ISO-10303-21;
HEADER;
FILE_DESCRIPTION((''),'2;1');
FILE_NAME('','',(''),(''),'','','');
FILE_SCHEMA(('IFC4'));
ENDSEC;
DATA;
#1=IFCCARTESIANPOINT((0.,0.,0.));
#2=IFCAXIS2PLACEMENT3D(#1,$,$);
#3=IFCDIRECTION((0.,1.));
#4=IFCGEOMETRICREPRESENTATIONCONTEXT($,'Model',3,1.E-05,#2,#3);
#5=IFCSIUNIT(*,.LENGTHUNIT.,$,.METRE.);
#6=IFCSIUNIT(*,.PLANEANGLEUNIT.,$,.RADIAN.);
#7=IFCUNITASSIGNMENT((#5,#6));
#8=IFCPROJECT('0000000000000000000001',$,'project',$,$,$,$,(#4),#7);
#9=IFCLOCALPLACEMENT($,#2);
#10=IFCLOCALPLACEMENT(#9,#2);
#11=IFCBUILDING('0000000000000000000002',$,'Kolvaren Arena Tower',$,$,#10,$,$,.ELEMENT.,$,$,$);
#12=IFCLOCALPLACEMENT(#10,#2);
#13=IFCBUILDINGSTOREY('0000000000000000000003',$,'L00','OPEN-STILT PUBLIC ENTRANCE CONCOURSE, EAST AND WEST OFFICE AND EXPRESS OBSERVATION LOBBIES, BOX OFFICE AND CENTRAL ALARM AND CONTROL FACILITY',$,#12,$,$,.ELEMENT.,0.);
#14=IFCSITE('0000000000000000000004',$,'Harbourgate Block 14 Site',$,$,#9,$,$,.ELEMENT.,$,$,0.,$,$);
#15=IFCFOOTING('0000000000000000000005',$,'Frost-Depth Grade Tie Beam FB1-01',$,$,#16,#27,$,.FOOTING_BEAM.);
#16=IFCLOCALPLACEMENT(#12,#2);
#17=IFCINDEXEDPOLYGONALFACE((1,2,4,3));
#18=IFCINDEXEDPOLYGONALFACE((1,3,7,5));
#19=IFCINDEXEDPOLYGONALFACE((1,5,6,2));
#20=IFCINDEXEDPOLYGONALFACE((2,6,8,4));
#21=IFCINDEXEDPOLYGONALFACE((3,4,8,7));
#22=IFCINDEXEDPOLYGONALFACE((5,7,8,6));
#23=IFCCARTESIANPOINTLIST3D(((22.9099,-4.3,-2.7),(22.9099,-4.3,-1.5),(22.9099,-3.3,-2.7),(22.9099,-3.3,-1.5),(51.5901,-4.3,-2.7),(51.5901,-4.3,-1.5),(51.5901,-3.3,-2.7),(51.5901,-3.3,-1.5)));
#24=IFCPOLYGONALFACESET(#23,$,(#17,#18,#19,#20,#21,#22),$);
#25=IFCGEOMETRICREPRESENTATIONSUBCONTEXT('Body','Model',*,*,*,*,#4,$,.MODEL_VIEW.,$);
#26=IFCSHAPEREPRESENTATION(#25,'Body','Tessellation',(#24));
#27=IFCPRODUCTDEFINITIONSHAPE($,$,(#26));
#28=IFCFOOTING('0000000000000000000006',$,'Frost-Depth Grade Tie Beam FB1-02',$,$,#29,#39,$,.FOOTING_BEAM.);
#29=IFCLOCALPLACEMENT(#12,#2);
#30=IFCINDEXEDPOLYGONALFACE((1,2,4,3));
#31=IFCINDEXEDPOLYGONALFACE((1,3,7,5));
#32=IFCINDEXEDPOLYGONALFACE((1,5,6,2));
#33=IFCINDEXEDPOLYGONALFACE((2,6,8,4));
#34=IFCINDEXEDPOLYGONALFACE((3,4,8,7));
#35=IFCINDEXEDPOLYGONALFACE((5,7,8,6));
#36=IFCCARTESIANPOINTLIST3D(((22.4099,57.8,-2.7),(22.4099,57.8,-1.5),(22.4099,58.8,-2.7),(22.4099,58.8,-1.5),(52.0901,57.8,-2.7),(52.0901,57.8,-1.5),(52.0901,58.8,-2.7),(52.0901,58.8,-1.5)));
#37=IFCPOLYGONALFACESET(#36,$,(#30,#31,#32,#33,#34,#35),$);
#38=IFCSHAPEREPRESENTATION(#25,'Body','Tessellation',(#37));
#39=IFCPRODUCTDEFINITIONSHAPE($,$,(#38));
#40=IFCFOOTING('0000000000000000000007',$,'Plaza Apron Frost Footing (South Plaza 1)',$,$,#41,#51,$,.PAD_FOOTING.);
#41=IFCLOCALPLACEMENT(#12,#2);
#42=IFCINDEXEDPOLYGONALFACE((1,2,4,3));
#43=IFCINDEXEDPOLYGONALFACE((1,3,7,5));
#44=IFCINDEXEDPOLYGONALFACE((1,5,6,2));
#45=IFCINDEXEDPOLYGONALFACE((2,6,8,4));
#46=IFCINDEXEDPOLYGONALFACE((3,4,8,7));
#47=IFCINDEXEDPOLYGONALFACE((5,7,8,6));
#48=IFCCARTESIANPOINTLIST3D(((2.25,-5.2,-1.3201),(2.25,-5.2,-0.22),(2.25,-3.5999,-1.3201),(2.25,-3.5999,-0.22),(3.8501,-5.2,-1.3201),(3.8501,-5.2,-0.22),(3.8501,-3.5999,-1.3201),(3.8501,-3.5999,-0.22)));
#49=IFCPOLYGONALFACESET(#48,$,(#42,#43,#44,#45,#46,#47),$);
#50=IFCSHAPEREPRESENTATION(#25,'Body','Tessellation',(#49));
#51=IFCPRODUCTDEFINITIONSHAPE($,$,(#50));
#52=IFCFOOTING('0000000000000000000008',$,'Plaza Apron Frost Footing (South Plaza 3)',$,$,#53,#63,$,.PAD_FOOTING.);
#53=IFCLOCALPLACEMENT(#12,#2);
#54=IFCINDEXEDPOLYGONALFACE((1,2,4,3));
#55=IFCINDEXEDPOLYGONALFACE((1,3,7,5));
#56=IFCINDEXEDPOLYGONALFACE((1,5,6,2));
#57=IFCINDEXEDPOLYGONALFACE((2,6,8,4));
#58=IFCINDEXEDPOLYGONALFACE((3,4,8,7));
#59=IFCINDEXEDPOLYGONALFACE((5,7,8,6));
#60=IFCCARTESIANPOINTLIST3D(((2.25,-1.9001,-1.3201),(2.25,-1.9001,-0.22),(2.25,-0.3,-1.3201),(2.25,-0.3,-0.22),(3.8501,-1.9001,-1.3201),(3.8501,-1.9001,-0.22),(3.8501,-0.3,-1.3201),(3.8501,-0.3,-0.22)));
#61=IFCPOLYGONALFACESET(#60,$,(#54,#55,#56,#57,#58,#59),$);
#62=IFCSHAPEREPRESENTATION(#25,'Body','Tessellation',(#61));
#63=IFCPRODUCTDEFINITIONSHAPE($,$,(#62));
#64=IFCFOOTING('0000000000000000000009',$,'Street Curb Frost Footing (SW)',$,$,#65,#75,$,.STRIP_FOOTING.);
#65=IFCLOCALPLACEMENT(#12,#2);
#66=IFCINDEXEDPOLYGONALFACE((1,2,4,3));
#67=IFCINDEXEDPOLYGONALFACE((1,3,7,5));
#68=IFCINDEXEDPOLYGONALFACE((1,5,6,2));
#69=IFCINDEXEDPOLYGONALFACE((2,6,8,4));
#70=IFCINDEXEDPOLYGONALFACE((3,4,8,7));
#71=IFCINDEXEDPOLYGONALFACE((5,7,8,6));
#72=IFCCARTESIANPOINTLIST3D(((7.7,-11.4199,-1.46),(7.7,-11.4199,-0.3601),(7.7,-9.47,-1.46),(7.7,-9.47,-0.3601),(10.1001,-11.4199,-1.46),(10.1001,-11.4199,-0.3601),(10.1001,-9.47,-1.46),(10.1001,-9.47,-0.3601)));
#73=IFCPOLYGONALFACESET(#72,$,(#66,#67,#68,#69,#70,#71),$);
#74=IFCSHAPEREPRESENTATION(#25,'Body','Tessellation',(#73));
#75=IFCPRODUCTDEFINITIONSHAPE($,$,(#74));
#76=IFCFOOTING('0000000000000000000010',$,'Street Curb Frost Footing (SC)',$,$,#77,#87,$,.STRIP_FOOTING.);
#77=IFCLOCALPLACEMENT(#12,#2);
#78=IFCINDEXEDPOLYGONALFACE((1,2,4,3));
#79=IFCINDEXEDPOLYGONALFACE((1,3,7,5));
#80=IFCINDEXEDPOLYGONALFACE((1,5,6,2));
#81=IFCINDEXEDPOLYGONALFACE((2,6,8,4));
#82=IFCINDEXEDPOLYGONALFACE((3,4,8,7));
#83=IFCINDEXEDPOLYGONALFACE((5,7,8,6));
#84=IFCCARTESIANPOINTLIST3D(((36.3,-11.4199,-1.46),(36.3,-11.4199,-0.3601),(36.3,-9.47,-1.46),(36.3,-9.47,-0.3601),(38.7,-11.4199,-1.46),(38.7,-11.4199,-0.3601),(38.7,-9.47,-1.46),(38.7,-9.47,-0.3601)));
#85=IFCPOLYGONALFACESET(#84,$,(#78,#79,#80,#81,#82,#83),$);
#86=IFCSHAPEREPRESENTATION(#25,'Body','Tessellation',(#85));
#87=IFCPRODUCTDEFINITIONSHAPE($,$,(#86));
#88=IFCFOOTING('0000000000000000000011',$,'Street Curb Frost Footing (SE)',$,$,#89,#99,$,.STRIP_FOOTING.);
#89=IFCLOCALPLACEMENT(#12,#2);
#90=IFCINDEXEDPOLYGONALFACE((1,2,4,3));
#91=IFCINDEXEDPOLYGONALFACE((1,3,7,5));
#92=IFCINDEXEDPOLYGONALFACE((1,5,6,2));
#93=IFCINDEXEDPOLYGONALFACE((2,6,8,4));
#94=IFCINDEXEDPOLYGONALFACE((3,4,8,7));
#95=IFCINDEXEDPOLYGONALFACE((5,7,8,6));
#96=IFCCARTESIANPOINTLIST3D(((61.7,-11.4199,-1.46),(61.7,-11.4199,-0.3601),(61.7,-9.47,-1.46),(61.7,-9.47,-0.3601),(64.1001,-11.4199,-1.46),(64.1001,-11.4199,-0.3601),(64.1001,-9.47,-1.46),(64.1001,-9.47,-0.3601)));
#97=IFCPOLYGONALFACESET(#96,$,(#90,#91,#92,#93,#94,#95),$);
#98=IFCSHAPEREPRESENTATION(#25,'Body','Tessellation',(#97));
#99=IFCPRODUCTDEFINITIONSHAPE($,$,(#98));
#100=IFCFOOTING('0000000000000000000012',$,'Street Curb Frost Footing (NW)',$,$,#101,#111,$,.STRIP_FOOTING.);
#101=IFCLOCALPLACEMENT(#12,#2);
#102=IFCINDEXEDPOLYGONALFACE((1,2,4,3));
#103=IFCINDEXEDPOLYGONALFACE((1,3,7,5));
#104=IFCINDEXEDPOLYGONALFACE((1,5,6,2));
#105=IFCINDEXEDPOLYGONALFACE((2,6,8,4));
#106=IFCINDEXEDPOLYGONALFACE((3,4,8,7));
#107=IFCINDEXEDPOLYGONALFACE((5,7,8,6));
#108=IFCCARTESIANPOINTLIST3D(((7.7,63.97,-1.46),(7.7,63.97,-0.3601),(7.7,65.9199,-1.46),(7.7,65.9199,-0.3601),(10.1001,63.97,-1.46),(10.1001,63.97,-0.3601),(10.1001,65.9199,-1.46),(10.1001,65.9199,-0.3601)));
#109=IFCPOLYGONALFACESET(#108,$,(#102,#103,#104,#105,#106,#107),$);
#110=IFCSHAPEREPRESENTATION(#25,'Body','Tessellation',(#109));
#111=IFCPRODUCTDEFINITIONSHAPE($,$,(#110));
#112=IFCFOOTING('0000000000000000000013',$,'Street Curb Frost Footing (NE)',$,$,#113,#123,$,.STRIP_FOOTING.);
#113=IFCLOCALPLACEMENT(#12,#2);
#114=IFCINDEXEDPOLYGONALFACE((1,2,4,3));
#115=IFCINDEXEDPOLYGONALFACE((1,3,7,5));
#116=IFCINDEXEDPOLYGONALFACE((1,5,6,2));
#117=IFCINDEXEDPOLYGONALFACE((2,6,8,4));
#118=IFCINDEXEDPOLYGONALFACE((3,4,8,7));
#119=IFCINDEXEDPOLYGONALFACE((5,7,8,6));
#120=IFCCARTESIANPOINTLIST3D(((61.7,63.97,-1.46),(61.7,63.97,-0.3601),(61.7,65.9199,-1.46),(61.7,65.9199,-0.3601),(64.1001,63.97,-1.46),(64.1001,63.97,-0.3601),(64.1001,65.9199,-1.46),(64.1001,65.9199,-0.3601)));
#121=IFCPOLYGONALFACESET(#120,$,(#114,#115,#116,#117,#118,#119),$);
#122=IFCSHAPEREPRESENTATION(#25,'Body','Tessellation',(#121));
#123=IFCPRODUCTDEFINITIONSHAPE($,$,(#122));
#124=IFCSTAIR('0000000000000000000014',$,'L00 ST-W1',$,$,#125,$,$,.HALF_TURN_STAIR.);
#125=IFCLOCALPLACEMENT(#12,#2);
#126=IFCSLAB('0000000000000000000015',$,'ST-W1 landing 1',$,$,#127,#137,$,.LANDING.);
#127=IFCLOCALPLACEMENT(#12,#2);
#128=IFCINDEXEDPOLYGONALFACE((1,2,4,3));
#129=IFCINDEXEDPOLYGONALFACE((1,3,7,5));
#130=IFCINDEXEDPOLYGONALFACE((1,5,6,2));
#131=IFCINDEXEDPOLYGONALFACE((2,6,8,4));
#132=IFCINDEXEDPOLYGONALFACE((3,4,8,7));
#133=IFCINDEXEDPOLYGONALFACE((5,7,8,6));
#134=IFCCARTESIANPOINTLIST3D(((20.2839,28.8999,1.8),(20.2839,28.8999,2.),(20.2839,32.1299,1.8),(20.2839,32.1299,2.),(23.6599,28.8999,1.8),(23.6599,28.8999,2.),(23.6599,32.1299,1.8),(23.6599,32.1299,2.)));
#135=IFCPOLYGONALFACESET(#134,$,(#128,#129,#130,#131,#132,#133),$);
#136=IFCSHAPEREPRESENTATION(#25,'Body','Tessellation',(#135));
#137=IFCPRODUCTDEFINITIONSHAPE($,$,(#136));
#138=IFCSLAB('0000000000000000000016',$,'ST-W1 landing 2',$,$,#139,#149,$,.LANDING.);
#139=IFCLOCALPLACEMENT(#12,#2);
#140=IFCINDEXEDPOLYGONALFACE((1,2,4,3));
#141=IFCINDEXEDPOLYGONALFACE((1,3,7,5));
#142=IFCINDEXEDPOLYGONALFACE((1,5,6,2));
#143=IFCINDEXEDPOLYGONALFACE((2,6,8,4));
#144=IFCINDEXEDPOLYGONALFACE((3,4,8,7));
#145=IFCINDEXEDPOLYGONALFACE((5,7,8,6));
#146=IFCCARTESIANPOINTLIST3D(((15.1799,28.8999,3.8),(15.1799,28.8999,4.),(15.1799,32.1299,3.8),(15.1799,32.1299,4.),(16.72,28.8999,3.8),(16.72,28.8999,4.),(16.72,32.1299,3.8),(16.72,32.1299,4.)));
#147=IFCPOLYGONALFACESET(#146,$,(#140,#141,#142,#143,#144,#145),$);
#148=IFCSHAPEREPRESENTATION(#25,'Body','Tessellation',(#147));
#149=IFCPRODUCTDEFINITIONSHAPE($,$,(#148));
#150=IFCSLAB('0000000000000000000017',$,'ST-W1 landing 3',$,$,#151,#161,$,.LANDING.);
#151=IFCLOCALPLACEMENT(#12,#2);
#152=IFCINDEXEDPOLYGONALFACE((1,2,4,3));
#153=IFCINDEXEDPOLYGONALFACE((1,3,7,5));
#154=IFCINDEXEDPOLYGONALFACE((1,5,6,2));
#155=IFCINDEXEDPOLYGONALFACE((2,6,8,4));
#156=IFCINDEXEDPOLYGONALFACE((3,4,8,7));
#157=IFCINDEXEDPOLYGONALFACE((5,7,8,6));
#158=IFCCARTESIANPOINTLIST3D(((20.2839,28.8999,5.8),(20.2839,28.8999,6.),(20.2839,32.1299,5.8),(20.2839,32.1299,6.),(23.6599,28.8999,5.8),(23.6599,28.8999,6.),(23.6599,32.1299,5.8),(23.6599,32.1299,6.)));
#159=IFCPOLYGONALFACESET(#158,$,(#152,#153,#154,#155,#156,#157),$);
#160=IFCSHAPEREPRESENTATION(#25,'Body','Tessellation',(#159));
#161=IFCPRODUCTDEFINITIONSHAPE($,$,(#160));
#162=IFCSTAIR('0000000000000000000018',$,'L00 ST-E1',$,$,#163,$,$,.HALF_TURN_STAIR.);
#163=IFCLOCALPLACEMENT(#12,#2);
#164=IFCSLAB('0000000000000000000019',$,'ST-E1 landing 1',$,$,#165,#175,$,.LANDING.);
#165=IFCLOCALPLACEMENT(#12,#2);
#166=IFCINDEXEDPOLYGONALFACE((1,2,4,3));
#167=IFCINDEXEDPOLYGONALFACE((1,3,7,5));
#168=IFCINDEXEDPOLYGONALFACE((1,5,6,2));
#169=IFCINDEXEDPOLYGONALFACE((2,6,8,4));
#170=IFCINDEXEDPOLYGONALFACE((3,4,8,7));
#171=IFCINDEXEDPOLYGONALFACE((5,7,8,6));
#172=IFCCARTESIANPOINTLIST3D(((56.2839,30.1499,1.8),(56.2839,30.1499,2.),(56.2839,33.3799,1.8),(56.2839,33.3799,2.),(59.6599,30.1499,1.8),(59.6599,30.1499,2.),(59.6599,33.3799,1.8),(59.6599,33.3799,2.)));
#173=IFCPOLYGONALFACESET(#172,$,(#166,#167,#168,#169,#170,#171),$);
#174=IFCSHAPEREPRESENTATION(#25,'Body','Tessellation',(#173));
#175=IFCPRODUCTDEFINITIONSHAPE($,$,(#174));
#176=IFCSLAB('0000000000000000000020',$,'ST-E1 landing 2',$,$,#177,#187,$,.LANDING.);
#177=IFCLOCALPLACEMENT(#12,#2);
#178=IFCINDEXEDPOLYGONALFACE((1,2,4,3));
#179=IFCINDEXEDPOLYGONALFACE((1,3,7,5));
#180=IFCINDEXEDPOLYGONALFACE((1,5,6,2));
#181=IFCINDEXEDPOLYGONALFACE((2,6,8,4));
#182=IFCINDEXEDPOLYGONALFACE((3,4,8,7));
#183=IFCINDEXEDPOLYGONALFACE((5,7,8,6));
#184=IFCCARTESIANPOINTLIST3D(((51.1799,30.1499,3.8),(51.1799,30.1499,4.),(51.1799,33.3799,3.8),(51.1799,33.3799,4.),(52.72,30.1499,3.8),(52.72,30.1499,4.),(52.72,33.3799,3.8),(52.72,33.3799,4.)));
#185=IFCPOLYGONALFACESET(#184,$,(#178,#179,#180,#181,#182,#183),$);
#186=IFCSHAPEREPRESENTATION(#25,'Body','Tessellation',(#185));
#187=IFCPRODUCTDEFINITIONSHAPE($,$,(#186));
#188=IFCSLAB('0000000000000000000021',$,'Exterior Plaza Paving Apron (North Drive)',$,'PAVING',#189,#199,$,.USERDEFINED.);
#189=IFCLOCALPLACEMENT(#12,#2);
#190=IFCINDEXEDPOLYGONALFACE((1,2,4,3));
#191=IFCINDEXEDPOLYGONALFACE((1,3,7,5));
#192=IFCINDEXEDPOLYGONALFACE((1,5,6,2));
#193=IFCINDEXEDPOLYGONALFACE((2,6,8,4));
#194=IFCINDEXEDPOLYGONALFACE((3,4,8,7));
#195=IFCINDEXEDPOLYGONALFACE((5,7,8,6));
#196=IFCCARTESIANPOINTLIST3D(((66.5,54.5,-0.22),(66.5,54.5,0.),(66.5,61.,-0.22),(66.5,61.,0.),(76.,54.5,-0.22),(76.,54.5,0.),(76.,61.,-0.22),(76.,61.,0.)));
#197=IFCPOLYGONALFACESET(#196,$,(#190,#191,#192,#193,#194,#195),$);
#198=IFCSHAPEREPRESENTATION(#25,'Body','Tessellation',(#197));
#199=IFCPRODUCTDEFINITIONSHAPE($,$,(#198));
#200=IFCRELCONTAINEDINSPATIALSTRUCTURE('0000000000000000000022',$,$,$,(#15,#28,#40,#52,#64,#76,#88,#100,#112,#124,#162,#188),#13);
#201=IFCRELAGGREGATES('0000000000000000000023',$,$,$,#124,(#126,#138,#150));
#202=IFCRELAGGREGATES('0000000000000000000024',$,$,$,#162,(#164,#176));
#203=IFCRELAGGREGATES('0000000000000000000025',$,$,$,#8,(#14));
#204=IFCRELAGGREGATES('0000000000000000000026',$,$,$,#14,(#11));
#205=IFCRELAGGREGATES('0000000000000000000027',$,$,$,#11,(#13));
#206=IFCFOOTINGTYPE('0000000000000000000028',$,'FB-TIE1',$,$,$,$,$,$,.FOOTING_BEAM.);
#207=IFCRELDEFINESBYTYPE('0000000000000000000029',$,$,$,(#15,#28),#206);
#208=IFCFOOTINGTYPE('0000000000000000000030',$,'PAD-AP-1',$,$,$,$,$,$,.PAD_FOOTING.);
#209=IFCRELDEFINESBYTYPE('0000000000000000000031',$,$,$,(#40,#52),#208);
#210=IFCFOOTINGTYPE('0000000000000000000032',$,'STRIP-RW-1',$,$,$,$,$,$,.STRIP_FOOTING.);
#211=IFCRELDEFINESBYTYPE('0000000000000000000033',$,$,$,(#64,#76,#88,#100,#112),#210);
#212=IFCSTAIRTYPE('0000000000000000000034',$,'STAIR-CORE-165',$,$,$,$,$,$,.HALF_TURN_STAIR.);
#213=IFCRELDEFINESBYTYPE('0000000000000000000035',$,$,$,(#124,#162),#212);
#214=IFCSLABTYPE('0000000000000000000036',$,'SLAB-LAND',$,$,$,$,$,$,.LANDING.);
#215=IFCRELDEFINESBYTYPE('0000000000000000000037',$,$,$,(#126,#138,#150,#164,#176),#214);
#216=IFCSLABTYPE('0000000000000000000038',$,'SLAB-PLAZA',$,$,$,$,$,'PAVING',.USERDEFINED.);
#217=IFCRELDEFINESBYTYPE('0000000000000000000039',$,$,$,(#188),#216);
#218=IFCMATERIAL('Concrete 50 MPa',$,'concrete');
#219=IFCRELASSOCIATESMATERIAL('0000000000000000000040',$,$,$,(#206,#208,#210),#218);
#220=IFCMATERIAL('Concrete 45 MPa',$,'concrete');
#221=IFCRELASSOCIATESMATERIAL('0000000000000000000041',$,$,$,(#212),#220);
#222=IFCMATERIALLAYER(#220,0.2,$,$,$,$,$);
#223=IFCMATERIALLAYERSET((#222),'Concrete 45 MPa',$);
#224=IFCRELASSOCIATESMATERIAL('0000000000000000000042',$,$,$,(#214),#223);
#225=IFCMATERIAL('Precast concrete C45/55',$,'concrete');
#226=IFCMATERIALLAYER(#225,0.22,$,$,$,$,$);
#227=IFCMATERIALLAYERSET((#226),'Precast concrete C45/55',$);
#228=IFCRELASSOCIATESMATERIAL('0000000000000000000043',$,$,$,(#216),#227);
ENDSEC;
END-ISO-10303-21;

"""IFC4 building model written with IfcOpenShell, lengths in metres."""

from ifc_helpers import new_model, si_unit, direction, frame, origin, origin_2d, place, context, subcontext, project, spatial, polyline, rectangle, outline, extrude, material, layer, layer_set, type_object, element, aggregate, save


model = new_model("IFC4")

# Units and contexts
model_context = context("Model", 3, precision=1e-05, world=origin(), true_north=direction((0.0, 1.0)))
body_context = subcontext(model_context, "Body", "Model", "MODEL_VIEW")
ifc_project = project(units=[si_unit("LENGTHUNIT", "METRE"), si_unit("PLANEANGLEUNIT", "RADIAN")], contexts=[model_context])

# Site, building, storey
site_placement = place(None, origin())
site = spatial("IfcSite", under=ifc_project, at=site_placement, Name="Harbourgate Block 14 Site", CompositionType="ELEMENT", RefElevation=0.0)
building_placement = place(site_placement, origin())
building = spatial("IfcBuilding", under=site, at=building_placement, Name="Kolvaren Arena Tower", CompositionType="ELEMENT")
storey_placement = place(building_placement, origin())
storey = spatial("IfcBuildingStorey", under=building, at=storey_placement, Name="L00", Description="OPEN-STILT PUBLIC ENTRANCE CONCOURSE, EAST AND WEST OFFICE AND EXPRESS OBSERVATION LOBBIES, BOX OFFICE AND CENTRAL ALARM AND CONTROL FACILITY", CompositionType="ELEMENT", Elevation=0.0)

# Footings
ifc_material_1 = material(Name="Concrete 50 MPa", Category="concrete")
footing_type_1 = type_object("IfcFootingType", Name="FB-TIE1", PredefinedType="FOOTING_BEAM", material=ifc_material_1)
footing_1_placement = place(storey_placement, frame((0.0, 0.0, -2.7)))
element("IfcFooting", 1, at=footing_1_placement, inside=storey, type_object=footing_type_1, Name="Frost-Depth Grade Tie Beam FB1-01", PredefinedType="FOOTING_BEAM", context=body_context, shape_type="SweptSolid", body=[
    extrude(outline(polyline([(22.9099, -4.3), (51.5901, -4.3), (51.5901, -3.3), (22.9099, -3.3), (22.9099, -4.3)])), origin(), (0.0, 0.0, 1.0), 1.2),
])
footing_2_placement = place(storey_placement, frame((0.0, 0.0, -2.7)))
element("IfcFooting", 2, at=footing_2_placement, inside=storey, type_object=footing_type_1, Name="Frost-Depth Grade Tie Beam FB1-02", PredefinedType="FOOTING_BEAM", context=body_context, shape_type="SweptSolid", body=[
    extrude(outline(polyline([(22.4099, 57.8), (52.0901, 57.8), (52.0901, 58.8), (22.4099, 58.8), (22.4099, 57.8)])), origin(), (0.0, 0.0, 1.0), 1.2),
])
footing_type_2 = type_object("IfcFootingType", Name="PAD-AP-1", PredefinedType="PAD_FOOTING", material=ifc_material_1)
for number, where, z_axis, x_axis, name in (
    (3, (3.05, -4.3999, -1.3201), (0.0, 0.0, 1.0), (1.0, 0.0, 0.0), "Plaza Apron Frost Footing (South Plaza 1)"),
    (4, (3.05, -1.1001, -1.3201), (0.0, 0.0, 1.0), (1.0, 0.0, 0.0), "Plaza Apron Frost Footing (South Plaza 3)"),
):
    element("IfcFooting", number, at=place(storey_placement, frame(where, z_axis=z_axis, x_axis=x_axis)), inside=storey, type_object=footing_type_2, Name=name, PredefinedType="PAD_FOOTING", context=body_context, shape_type="SweptSolid", body=[
        extrude(rectangle(XDim=1.6001, YDim=1.6001, at=origin_2d()), origin(), (0.0, 0.0, 1.0), 1.1001),
    ])
footing_type_3 = type_object("IfcFootingType", Name="STRIP-RW-1", PredefinedType="STRIP_FOOTING", material=ifc_material_1)
footing_3_placement = place(storey_placement, frame((0.0, 0.0, -1.46)))
element("IfcFooting", 5, at=footing_3_placement, inside=storey, type_object=footing_type_3, Name="Street Curb Frost Footing (SW)", PredefinedType="STRIP_FOOTING", context=body_context, shape_type="SweptSolid", body=[
    extrude(outline(polyline([(7.7, -11.4199), (10.1001, -11.4199), (10.1001, -9.47), (7.7, -9.47), (7.7, -11.4199)])), origin(), (0.0, 0.0, 1.0), 1.0999),
])
footing_4_placement = place(storey_placement, frame((0.0, 0.0, -1.46)))
element("IfcFooting", 6, at=footing_4_placement, inside=storey, type_object=footing_type_3, Name="Street Curb Frost Footing (SC)", PredefinedType="STRIP_FOOTING", context=body_context, shape_type="SweptSolid", body=[
    extrude(outline(polyline([(36.3, -11.4199), (38.7, -11.4199), (38.7, -9.47), (36.3, -9.47), (36.3, -11.4199)])), origin(), (0.0, 0.0, 1.0), 1.0999),
])
footing_5_placement = place(storey_placement, frame((0.0, 0.0, -1.46)))
element("IfcFooting", 7, at=footing_5_placement, inside=storey, type_object=footing_type_3, Name="Street Curb Frost Footing (SE)", PredefinedType="STRIP_FOOTING", context=body_context, shape_type="SweptSolid", body=[
    extrude(outline(polyline([(61.7, -11.4199), (64.1001, -11.4199), (64.1001, -9.47), (61.7, -9.47), (61.7, -11.4199)])), origin(), (0.0, 0.0, 1.0), 1.0999),
])
footing_6_placement = place(storey_placement, frame((0.0, 0.0, -1.46)))
element("IfcFooting", 8, at=footing_6_placement, inside=storey, type_object=footing_type_3, Name="Street Curb Frost Footing (NW)", PredefinedType="STRIP_FOOTING", context=body_context, shape_type="SweptSolid", body=[
    extrude(outline(polyline([(7.7, 63.97), (10.1001, 63.97), (10.1001, 65.9199), (7.7, 65.9199), (7.7, 63.97)])), origin(), (0.0, 0.0, 1.0), 1.0999),
])
footing_7_placement = place(storey_placement, frame((0.0, 0.0, -1.46)))
element("IfcFooting", 9, at=footing_7_placement, inside=storey, type_object=footing_type_3, Name="Street Curb Frost Footing (NE)", PredefinedType="STRIP_FOOTING", context=body_context, shape_type="SweptSolid", body=[
    extrude(outline(polyline([(61.7, 63.97), (64.1001, 63.97), (64.1001, 65.9199), (61.7, 65.9199), (61.7, 63.97)])), origin(), (0.0, 0.0, 1.0), 1.0999),
])

# Stairs, slabs
ifc_material_2 = material(Name="Concrete 45 MPa", Category="concrete")
stair_type = type_object("IfcStairType", Name="STAIR-CORE-165", PredefinedType="HALF_TURN_STAIR", material=ifc_material_2)
stair_1_placement = place(storey_placement, origin())
stair_1 = element("IfcStair", 10, at=stair_1_placement, inside=storey, type_object=stair_type, Name="L00 ST-W1", PredefinedType="HALF_TURN_STAIR")
ifc_layer_1 = layer(ifc_material_2, 0.2)
ifc_layer_set_1 = layer_set([ifc_layer_1], Name="Concrete 45 MPa")
slab_type_1 = type_object("IfcSlabType", Name="SLAB-LAND", PredefinedType="LANDING", material=ifc_layer_set_1)
slab_1_placement = place(storey_placement, frame((0.0, 0.0, 1.8)))
slab_1 = element("IfcSlab", 11, at=slab_1_placement, type_object=slab_type_1, Name="ST-W1 landing 1", PredefinedType="LANDING", context=body_context, shape_type="SweptSolid", body=[
    extrude(outline(polyline([(20.2839, 28.8999), (23.6599, 28.8999), (23.6599, 32.1299), (20.2839, 32.1299), (20.2839, 28.8999)])), origin(), (0.0, 0.0, 1.0), 0.2),
])
slab_2_placement = place(storey_placement, frame((0.0, 0.0, 3.8)))
slab_2 = element("IfcSlab", 12, at=slab_2_placement, type_object=slab_type_1, Name="ST-W1 landing 2", PredefinedType="LANDING", context=body_context, shape_type="SweptSolid", body=[
    extrude(outline(polyline([(15.1799, 28.8999), (16.72, 28.8999), (16.72, 32.1299), (15.1799, 32.1299), (15.1799, 28.8999)])), origin(), (0.0, 0.0, 1.0), 0.2),
])
slab_3_placement = place(storey_placement, frame((0.0, 0.0, 5.8)))
slab_3 = element("IfcSlab", 13, at=slab_3_placement, type_object=slab_type_1, Name="ST-W1 landing 3", PredefinedType="LANDING", context=body_context, shape_type="SweptSolid", body=[
    extrude(outline(polyline([(20.2839, 28.8999), (23.6599, 28.8999), (23.6599, 32.1299), (20.2839, 32.1299), (20.2839, 28.8999)])), origin(), (0.0, 0.0, 1.0), 0.2),
])
aggregate(stair_1, [slab_1, slab_2, slab_3])
stair_2_placement = place(storey_placement, origin())
stair_2 = element("IfcStair", 14, at=stair_2_placement, inside=storey, type_object=stair_type, Name="L00 ST-E1", PredefinedType="HALF_TURN_STAIR")
slab_4_placement = place(storey_placement, frame((0.0, 0.0, 1.8)))
slab_4 = element("IfcSlab", 15, at=slab_4_placement, type_object=slab_type_1, Name="ST-E1 landing 1", PredefinedType="LANDING", context=body_context, shape_type="SweptSolid", body=[
    extrude(outline(polyline([(56.2839, 30.1499), (59.6599, 30.1499), (59.6599, 33.3799), (56.2839, 33.3799), (56.2839, 30.1499)])), origin(), (0.0, 0.0, 1.0), 0.2),
])
slab_5_placement = place(storey_placement, frame((0.0, 0.0, 3.8)))
slab_5 = element("IfcSlab", 16, at=slab_5_placement, type_object=slab_type_1, Name="ST-E1 landing 2", PredefinedType="LANDING", context=body_context, shape_type="SweptSolid", body=[
    extrude(outline(polyline([(51.1799, 30.1499), (52.72, 30.1499), (52.72, 33.3799), (51.1799, 33.3799), (51.1799, 30.1499)])), origin(), (0.0, 0.0, 1.0), 0.2),
])
aggregate(stair_2, [slab_4, slab_5])

# Slab
ifc_material_3 = material(Name="Precast concrete C45/55", Category="concrete")
ifc_layer_2 = layer(ifc_material_3, 0.22)
ifc_layer_set_2 = layer_set([ifc_layer_2], Name="Precast concrete C45/55")
slab_type_2 = type_object("IfcSlabType", Name="SLAB-PLAZA", ElementType="PAVING", PredefinedType="USERDEFINED", material=ifc_layer_set_2)
slab_6_placement = place(storey_placement, frame((0.0, 0.0, -0.22)))
element("IfcSlab", 17, at=slab_6_placement, inside=storey, type_object=slab_type_2, Name="Exterior Plaza Paving Apron (North Drive)", ObjectType="PAVING", PredefinedType="USERDEFINED", context=body_context, shape_type="SweptSolid", body=[
    extrude(outline(polyline([(66.5, 54.5), (76.0, 54.5), (76.0, 61.0), (66.5, 61.0), (66.5, 54.5)])), origin(), (0.0, 0.0, 1.0), 0.22),
])

save(model, "model.ifc")
